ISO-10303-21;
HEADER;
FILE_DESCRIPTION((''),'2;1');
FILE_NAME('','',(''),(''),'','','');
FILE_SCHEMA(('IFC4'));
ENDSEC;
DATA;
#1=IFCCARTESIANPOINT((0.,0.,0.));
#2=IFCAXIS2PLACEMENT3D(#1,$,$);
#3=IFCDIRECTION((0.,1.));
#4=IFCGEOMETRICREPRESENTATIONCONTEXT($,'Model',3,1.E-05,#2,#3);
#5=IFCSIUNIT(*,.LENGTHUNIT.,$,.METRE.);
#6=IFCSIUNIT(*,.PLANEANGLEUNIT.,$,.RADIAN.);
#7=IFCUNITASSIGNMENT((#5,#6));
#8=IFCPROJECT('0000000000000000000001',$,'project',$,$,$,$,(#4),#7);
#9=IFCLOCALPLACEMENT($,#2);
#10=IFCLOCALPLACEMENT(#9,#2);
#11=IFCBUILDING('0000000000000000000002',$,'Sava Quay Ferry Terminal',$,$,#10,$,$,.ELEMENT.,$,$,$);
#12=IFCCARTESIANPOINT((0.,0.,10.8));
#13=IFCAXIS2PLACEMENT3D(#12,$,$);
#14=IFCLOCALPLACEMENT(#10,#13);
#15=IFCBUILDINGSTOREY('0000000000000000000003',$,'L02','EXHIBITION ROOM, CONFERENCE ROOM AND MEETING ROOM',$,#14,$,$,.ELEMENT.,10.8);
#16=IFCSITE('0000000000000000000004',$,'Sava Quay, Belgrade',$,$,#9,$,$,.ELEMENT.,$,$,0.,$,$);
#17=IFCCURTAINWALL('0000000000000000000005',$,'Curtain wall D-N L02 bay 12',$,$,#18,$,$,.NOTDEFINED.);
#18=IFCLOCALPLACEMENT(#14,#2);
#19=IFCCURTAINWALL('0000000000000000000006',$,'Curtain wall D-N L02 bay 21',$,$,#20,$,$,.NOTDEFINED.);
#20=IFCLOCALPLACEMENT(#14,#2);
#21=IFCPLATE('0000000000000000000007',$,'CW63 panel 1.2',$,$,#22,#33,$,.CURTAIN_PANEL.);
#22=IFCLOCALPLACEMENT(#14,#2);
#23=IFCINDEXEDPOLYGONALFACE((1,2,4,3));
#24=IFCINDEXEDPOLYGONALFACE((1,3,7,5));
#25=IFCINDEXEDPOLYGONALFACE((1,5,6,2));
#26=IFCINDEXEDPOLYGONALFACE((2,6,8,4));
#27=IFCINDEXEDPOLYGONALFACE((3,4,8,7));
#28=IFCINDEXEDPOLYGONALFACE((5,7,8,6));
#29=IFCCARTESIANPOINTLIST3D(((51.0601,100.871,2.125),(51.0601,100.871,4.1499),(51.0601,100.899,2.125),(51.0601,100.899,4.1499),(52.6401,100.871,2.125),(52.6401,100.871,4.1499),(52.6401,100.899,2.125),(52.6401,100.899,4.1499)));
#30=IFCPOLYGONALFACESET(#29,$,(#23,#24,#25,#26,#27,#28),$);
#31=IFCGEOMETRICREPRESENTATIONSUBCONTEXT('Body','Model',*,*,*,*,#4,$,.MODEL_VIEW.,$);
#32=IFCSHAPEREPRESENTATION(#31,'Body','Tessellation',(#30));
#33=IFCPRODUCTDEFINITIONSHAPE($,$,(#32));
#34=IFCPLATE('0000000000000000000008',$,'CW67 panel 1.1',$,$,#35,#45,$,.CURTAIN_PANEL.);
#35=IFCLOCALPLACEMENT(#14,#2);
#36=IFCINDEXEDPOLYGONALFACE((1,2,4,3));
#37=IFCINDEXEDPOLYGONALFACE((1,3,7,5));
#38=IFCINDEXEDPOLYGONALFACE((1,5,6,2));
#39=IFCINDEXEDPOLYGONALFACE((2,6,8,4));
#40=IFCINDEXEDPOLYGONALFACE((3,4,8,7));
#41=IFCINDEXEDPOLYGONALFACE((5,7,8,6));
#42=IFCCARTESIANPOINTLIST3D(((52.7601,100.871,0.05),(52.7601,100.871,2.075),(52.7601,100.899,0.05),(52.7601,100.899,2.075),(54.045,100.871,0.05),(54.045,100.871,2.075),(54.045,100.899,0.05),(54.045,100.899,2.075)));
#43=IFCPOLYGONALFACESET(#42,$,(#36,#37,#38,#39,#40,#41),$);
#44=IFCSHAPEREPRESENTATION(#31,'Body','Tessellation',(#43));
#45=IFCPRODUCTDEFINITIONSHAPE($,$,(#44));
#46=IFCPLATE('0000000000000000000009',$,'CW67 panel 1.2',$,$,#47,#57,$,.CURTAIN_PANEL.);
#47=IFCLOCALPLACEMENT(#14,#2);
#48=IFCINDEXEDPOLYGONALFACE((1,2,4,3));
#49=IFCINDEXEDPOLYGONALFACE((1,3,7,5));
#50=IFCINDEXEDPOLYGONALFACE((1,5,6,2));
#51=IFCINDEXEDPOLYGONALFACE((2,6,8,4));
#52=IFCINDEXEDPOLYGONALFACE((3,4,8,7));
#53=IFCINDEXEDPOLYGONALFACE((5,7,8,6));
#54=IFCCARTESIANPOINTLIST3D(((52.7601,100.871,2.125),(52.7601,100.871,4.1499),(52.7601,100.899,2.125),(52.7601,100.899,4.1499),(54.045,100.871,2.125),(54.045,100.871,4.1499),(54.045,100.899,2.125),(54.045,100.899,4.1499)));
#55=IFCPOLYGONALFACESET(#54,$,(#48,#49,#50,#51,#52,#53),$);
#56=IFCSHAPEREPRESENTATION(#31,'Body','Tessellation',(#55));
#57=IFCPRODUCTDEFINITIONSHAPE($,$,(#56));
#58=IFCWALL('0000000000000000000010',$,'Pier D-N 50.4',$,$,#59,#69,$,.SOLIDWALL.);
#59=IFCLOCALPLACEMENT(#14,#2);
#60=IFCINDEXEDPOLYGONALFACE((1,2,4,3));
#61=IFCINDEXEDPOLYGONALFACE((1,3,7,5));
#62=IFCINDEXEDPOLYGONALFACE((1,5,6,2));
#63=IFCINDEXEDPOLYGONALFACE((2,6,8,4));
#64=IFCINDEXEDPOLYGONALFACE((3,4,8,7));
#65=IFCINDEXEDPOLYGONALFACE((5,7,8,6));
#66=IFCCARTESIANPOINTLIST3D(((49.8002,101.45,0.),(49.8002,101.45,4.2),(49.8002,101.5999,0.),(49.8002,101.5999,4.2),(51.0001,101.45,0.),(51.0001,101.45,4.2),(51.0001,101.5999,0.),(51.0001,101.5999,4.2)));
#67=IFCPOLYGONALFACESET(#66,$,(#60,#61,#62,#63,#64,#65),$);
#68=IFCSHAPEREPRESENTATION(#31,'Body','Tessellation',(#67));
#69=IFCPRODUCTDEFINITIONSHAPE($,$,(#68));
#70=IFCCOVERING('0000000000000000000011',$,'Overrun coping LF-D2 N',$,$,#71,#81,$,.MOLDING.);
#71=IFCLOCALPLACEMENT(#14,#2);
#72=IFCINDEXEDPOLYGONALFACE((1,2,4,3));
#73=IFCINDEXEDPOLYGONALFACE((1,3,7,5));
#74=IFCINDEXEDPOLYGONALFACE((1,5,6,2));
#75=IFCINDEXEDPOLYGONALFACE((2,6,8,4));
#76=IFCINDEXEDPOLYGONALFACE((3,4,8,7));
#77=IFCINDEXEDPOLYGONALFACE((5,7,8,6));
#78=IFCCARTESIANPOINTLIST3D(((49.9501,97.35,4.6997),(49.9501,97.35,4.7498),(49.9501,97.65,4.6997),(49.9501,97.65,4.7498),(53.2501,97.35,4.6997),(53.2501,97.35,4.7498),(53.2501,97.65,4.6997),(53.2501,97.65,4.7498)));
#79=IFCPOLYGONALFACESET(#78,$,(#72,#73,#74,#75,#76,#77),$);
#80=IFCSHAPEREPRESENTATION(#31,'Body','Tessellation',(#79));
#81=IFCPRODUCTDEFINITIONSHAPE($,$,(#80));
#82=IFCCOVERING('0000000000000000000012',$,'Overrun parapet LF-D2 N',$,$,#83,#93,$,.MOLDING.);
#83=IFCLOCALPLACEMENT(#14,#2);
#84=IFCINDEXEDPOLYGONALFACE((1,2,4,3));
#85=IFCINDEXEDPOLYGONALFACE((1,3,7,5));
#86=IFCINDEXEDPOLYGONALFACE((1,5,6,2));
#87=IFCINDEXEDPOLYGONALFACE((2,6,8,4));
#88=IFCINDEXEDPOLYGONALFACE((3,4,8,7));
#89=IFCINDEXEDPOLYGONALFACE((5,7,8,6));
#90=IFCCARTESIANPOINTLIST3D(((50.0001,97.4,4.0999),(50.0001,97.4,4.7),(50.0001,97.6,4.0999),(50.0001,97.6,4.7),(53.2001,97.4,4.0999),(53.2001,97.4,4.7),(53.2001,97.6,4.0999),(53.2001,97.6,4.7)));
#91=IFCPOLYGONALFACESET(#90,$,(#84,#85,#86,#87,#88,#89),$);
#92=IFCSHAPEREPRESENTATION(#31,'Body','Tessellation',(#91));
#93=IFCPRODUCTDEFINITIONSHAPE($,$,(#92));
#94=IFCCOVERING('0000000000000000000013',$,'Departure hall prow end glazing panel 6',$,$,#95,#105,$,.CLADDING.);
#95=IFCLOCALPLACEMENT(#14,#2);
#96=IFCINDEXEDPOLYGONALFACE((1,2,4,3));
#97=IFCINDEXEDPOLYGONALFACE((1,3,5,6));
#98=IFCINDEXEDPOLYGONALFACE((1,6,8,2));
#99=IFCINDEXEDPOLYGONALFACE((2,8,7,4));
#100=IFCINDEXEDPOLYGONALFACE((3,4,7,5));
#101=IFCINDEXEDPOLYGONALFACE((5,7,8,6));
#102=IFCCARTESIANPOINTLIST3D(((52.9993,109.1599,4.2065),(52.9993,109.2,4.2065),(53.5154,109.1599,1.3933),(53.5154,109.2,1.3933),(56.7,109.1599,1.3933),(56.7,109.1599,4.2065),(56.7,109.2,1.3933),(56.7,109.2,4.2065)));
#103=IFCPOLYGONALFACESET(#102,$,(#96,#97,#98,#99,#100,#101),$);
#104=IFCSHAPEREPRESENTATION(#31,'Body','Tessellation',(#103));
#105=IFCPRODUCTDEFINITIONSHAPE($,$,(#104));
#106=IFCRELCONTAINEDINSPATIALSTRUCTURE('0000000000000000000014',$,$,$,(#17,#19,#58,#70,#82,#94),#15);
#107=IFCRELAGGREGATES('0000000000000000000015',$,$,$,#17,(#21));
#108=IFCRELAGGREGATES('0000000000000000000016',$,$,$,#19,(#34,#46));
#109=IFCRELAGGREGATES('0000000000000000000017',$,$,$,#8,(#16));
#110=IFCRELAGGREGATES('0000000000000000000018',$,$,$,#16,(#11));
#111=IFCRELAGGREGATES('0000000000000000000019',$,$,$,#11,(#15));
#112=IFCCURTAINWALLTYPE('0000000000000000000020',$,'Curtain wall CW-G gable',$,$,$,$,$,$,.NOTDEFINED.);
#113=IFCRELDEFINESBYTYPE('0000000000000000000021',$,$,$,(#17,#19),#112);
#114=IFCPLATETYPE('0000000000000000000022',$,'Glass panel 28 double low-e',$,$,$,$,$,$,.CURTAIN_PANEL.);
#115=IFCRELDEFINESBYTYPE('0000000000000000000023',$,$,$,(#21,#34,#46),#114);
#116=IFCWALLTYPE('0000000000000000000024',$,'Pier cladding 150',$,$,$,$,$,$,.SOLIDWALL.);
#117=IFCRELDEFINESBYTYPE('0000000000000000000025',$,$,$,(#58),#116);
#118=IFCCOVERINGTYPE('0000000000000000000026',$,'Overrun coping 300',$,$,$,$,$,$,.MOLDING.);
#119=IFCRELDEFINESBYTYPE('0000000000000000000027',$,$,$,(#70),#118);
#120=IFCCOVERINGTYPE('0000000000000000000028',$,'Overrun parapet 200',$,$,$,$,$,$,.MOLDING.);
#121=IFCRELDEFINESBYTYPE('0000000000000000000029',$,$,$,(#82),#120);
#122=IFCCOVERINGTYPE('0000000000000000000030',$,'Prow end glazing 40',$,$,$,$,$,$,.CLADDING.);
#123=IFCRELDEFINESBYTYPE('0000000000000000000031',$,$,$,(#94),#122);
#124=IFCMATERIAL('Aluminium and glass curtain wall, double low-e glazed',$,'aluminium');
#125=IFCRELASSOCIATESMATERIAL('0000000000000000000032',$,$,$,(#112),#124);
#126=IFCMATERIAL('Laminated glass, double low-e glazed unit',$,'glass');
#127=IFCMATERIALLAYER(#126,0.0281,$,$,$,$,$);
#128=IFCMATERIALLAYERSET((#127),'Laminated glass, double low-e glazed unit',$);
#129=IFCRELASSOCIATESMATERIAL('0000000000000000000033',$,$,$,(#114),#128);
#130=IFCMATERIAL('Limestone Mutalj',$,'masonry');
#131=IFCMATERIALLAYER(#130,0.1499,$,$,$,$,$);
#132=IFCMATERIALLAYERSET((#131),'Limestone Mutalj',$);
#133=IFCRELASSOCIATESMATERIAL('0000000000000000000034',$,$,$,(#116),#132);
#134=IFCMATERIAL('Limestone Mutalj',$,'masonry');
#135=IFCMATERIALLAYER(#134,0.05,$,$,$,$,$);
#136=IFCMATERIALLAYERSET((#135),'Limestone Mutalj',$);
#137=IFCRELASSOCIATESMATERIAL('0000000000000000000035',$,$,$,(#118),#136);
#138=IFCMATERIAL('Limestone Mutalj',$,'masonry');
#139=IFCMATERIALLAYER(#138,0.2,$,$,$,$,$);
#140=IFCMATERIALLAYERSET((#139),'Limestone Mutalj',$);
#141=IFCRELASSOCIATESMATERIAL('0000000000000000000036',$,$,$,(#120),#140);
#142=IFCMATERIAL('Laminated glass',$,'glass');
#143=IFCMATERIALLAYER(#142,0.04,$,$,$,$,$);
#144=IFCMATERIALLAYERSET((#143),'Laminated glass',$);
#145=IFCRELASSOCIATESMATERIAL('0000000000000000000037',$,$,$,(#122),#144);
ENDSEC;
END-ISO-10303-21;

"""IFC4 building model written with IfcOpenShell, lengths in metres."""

from ifc_helpers import new_model, si_unit, direction, frame, frame_2d, origin, origin_2d, place, context, subcontext, project, spatial, polyline, rectangle, outline, extrude, material, layer, layer_set, type_object, element, aggregate, save


model = new_model("IFC4")

# Units and contexts
model_context = context("Model", 3, precision=1e-05, world=origin(), true_north=direction((0.0, 1.0)))
body_context = subcontext(model_context, "Body", "Model", "MODEL_VIEW")
ifc_project = project(units=[si_unit("LENGTHUNIT", "METRE"), si_unit("PLANEANGLEUNIT", "RADIAN")], contexts=[model_context])

# Site, building, storey
site_placement = place(None, origin())
site = spatial("IfcSite", under=ifc_project, at=site_placement, Name="Sava Quay, Belgrade", CompositionType="ELEMENT", RefElevation=0.0)
building_placement = place(site_placement, origin())
building = spatial("IfcBuilding", under=site, at=building_placement, Name="Sava Quay Ferry Terminal", CompositionType="ELEMENT")
storey_placement = place(building_placement, frame((0.0, 0.0, 10.8)))
storey = spatial("IfcBuildingStorey", under=building, at=storey_placement, Name="L02", Description="EXHIBITION ROOM, CONFERENCE ROOM AND MEETING ROOM", CompositionType="ELEMENT", Elevation=10.8)

# Curtain wall
ifc_material_1 = material(Name="Aluminium and glass curtain wall, double low-e glazed", Category="aluminium")
curtain_wall_type = type_object("IfcCurtainWallType", Name="Curtain wall CW-G gable", PredefinedType="NOTDEFINED", material=ifc_material_1)
curtain_wall_1_placement = place(storey_placement, origin())
curtain_wall_1 = element("IfcCurtainWall", 1, at=curtain_wall_1_placement, inside=storey, type_object=curtain_wall_type, Name="Curtain wall D-N L02 bay 12", PredefinedType="NOTDEFINED")

# Curtain wall
curtain_wall_2_placement = place(storey_placement, origin())
curtain_wall_2 = element("IfcCurtainWall", 2, at=curtain_wall_2_placement, inside=storey, type_object=curtain_wall_type, Name="Curtain wall D-N L02 bay 21", PredefinedType="NOTDEFINED")

# Plates
ifc_material_2 = material(Name="Laminated glass, double low-e glazed unit", Category="glass")
ifc_layer_1 = layer(ifc_material_2, 0.0281)
ifc_layer_set_1 = layer_set([ifc_layer_1], Name="Laminated glass, double low-e glazed unit")
plate_type = type_object("IfcPlateType", Name="Glass panel 28 double low-e", PredefinedType="CURTAIN_PANEL", material=ifc_layer_set_1)
plate_1_placement = place(storey_placement, frame((51.8501, 100.885, 2.125), z_axis=(0.0, 0.0, 1.0), x_axis=(1.0, 0.0, 0.0)))
plate_1 = element("IfcPlate", 3, at=plate_1_placement, type_object=plate_type, Name="CW63 panel 1.2", PredefinedType="CURTAIN_PANEL", context=body_context, shape_type="SweptSolid", body=[
    extrude(rectangle(XDim=1.5801, YDim=0.0281, at=origin_2d()), origin(), (0.0, 0.0, 1.0), 2.0249),
])
aggregate(curtain_wall_1, [plate_1])
plate_2_placement = place(storey_placement, frame((53.4026, 100.885, 0.05), z_axis=(0.0, 0.0, 1.0), x_axis=(1.0, 0.0, 0.0)))
plate_2 = element("IfcPlate", 4, at=plate_2_placement, type_object=plate_type, Name="CW67 panel 1.1", PredefinedType="CURTAIN_PANEL", context=body_context, shape_type="SweptSolid", body=[
    extrude(rectangle(XDim=1.2849, YDim=0.0281, at=origin_2d()), origin(), (0.0, 0.0, 1.0), 2.0249),
])
plate_3_placement = place(storey_placement, frame((53.4026, 100.885, 2.125), z_axis=(0.0, 0.0, 1.0), x_axis=(1.0, 0.0, 0.0)))
plate_3 = element("IfcPlate", 5, at=plate_3_placement, type_object=plate_type, Name="CW67 panel 1.2", PredefinedType="CURTAIN_PANEL", context=body_context, shape_type="SweptSolid", body=[
    extrude(rectangle(XDim=1.2849, YDim=0.0281, at=origin_2d()), origin(), (0.0, 0.0, 1.0), 2.0249),
])
aggregate(curtain_wall_2, [plate_2, plate_3])

# Wall
ifc_material_3 = material(Name="Limestone Mutalj", Category="masonry")
ifc_layer_2 = layer(ifc_material_3, 0.1499)
ifc_layer_set_2 = layer_set([ifc_layer_2], Name="Limestone Mutalj")
wall_type = type_object("IfcWallType", Name="Pier cladding 150", PredefinedType="SOLIDWALL", material=ifc_layer_set_2)
wall_placement = place(storey_placement, frame((49.8, 101.5249, 0.0), z_axis=(0.0, 0.0, 1.0), x_axis=(1.0, 0.0, 0.0)))
element("IfcWall", 6, at=wall_placement, inside=storey, type_object=wall_type, Name="Pier D-N 50.4", PredefinedType="SOLIDWALL", context=body_context, shape_type="SweptSolid", body=[
    extrude(rectangle(XDim=1.2, YDim=0.1499, at=frame_2d((0.6001, 0.0))), origin(), (0.0, 0.0, 1.0), 4.2),
])

# Coverings
ifc_material_4 = material(Name="Limestone Mutalj", Category="masonry")
ifc_layer_3 = layer(ifc_material_4, 0.05)
ifc_layer_set_3 = layer_set([ifc_layer_3], Name="Limestone Mutalj")
covering_type_1 = type_object("IfcCoveringType", Name="Overrun coping 300", PredefinedType="MOLDING", material=ifc_layer_set_3)
covering_1_placement = place(storey_placement, frame((51.6001, 97.5, 4.6997), z_axis=(0.0, 0.0, 1.0), x_axis=(1.0, 0.0, 0.0)))
element("IfcCovering", 7, at=covering_1_placement, inside=storey, type_object=covering_type_1, Name="Overrun coping LF-D2 N", PredefinedType="MOLDING", context=body_context, shape_type="SweptSolid", body=[
    extrude(rectangle(XDim=3.3, YDim=0.3, at=origin_2d()), origin(), (0.0, 0.0, 1.0), 0.05),
])
ifc_material_5 = material(Name="Limestone Mutalj", Category="masonry")
ifc_layer_4 = layer(ifc_material_5, 0.2)
ifc_layer_set_4 = layer_set([ifc_layer_4], Name="Limestone Mutalj")
covering_type_2 = type_object("IfcCoveringType", Name="Overrun parapet 200", PredefinedType="MOLDING", material=ifc_layer_set_4)
covering_2_placement = place(storey_placement, frame((51.6001, 97.5, 4.0999), z_axis=(0.0, 0.0, 1.0), x_axis=(1.0, 0.0, 0.0)))
element("IfcCovering", 8, at=covering_2_placement, inside=storey, type_object=covering_type_2, Name="Overrun parapet LF-D2 N", PredefinedType="MOLDING", context=body_context, shape_type="SweptSolid", body=[
    extrude(rectangle(XDim=3.2, YDim=0.2, at=origin_2d()), origin(), (0.0, 0.0, 1.0), 0.6001),
])
ifc_material_6 = material(Name="Laminated glass", Category="glass")
ifc_layer_5 = layer(ifc_material_6, 0.04)
ifc_layer_set_5 = layer_set([ifc_layer_5], Name="Laminated glass")
covering_type_3 = type_object("IfcCoveringType", Name="Prow end glazing 40", PredefinedType="CLADDING", material=ifc_layer_set_5)
covering_3_placement = place(storey_placement, frame((52.9993, 109.2, 4.2065), z_axis=(0.0, 1.0, 0.0), x_axis=(1.0, 0.0, 0.0)))
element("IfcCovering", 9, at=covering_3_placement, inside=storey, type_object=covering_type_3, Name="Departure hall prow end glazing panel 6", PredefinedType="CLADDING", context=body_context, shape_type="SweptSolid", body=[
    extrude(outline(polyline([(0.0, 0.0), (3.7007, 0.0), (3.7007, 2.8132), (0.5161, 2.8132), (0.0, 0.0)])), origin(), (0.0, 0.0, -1.0), 0.04),
])

save(model, "model.ifc")
